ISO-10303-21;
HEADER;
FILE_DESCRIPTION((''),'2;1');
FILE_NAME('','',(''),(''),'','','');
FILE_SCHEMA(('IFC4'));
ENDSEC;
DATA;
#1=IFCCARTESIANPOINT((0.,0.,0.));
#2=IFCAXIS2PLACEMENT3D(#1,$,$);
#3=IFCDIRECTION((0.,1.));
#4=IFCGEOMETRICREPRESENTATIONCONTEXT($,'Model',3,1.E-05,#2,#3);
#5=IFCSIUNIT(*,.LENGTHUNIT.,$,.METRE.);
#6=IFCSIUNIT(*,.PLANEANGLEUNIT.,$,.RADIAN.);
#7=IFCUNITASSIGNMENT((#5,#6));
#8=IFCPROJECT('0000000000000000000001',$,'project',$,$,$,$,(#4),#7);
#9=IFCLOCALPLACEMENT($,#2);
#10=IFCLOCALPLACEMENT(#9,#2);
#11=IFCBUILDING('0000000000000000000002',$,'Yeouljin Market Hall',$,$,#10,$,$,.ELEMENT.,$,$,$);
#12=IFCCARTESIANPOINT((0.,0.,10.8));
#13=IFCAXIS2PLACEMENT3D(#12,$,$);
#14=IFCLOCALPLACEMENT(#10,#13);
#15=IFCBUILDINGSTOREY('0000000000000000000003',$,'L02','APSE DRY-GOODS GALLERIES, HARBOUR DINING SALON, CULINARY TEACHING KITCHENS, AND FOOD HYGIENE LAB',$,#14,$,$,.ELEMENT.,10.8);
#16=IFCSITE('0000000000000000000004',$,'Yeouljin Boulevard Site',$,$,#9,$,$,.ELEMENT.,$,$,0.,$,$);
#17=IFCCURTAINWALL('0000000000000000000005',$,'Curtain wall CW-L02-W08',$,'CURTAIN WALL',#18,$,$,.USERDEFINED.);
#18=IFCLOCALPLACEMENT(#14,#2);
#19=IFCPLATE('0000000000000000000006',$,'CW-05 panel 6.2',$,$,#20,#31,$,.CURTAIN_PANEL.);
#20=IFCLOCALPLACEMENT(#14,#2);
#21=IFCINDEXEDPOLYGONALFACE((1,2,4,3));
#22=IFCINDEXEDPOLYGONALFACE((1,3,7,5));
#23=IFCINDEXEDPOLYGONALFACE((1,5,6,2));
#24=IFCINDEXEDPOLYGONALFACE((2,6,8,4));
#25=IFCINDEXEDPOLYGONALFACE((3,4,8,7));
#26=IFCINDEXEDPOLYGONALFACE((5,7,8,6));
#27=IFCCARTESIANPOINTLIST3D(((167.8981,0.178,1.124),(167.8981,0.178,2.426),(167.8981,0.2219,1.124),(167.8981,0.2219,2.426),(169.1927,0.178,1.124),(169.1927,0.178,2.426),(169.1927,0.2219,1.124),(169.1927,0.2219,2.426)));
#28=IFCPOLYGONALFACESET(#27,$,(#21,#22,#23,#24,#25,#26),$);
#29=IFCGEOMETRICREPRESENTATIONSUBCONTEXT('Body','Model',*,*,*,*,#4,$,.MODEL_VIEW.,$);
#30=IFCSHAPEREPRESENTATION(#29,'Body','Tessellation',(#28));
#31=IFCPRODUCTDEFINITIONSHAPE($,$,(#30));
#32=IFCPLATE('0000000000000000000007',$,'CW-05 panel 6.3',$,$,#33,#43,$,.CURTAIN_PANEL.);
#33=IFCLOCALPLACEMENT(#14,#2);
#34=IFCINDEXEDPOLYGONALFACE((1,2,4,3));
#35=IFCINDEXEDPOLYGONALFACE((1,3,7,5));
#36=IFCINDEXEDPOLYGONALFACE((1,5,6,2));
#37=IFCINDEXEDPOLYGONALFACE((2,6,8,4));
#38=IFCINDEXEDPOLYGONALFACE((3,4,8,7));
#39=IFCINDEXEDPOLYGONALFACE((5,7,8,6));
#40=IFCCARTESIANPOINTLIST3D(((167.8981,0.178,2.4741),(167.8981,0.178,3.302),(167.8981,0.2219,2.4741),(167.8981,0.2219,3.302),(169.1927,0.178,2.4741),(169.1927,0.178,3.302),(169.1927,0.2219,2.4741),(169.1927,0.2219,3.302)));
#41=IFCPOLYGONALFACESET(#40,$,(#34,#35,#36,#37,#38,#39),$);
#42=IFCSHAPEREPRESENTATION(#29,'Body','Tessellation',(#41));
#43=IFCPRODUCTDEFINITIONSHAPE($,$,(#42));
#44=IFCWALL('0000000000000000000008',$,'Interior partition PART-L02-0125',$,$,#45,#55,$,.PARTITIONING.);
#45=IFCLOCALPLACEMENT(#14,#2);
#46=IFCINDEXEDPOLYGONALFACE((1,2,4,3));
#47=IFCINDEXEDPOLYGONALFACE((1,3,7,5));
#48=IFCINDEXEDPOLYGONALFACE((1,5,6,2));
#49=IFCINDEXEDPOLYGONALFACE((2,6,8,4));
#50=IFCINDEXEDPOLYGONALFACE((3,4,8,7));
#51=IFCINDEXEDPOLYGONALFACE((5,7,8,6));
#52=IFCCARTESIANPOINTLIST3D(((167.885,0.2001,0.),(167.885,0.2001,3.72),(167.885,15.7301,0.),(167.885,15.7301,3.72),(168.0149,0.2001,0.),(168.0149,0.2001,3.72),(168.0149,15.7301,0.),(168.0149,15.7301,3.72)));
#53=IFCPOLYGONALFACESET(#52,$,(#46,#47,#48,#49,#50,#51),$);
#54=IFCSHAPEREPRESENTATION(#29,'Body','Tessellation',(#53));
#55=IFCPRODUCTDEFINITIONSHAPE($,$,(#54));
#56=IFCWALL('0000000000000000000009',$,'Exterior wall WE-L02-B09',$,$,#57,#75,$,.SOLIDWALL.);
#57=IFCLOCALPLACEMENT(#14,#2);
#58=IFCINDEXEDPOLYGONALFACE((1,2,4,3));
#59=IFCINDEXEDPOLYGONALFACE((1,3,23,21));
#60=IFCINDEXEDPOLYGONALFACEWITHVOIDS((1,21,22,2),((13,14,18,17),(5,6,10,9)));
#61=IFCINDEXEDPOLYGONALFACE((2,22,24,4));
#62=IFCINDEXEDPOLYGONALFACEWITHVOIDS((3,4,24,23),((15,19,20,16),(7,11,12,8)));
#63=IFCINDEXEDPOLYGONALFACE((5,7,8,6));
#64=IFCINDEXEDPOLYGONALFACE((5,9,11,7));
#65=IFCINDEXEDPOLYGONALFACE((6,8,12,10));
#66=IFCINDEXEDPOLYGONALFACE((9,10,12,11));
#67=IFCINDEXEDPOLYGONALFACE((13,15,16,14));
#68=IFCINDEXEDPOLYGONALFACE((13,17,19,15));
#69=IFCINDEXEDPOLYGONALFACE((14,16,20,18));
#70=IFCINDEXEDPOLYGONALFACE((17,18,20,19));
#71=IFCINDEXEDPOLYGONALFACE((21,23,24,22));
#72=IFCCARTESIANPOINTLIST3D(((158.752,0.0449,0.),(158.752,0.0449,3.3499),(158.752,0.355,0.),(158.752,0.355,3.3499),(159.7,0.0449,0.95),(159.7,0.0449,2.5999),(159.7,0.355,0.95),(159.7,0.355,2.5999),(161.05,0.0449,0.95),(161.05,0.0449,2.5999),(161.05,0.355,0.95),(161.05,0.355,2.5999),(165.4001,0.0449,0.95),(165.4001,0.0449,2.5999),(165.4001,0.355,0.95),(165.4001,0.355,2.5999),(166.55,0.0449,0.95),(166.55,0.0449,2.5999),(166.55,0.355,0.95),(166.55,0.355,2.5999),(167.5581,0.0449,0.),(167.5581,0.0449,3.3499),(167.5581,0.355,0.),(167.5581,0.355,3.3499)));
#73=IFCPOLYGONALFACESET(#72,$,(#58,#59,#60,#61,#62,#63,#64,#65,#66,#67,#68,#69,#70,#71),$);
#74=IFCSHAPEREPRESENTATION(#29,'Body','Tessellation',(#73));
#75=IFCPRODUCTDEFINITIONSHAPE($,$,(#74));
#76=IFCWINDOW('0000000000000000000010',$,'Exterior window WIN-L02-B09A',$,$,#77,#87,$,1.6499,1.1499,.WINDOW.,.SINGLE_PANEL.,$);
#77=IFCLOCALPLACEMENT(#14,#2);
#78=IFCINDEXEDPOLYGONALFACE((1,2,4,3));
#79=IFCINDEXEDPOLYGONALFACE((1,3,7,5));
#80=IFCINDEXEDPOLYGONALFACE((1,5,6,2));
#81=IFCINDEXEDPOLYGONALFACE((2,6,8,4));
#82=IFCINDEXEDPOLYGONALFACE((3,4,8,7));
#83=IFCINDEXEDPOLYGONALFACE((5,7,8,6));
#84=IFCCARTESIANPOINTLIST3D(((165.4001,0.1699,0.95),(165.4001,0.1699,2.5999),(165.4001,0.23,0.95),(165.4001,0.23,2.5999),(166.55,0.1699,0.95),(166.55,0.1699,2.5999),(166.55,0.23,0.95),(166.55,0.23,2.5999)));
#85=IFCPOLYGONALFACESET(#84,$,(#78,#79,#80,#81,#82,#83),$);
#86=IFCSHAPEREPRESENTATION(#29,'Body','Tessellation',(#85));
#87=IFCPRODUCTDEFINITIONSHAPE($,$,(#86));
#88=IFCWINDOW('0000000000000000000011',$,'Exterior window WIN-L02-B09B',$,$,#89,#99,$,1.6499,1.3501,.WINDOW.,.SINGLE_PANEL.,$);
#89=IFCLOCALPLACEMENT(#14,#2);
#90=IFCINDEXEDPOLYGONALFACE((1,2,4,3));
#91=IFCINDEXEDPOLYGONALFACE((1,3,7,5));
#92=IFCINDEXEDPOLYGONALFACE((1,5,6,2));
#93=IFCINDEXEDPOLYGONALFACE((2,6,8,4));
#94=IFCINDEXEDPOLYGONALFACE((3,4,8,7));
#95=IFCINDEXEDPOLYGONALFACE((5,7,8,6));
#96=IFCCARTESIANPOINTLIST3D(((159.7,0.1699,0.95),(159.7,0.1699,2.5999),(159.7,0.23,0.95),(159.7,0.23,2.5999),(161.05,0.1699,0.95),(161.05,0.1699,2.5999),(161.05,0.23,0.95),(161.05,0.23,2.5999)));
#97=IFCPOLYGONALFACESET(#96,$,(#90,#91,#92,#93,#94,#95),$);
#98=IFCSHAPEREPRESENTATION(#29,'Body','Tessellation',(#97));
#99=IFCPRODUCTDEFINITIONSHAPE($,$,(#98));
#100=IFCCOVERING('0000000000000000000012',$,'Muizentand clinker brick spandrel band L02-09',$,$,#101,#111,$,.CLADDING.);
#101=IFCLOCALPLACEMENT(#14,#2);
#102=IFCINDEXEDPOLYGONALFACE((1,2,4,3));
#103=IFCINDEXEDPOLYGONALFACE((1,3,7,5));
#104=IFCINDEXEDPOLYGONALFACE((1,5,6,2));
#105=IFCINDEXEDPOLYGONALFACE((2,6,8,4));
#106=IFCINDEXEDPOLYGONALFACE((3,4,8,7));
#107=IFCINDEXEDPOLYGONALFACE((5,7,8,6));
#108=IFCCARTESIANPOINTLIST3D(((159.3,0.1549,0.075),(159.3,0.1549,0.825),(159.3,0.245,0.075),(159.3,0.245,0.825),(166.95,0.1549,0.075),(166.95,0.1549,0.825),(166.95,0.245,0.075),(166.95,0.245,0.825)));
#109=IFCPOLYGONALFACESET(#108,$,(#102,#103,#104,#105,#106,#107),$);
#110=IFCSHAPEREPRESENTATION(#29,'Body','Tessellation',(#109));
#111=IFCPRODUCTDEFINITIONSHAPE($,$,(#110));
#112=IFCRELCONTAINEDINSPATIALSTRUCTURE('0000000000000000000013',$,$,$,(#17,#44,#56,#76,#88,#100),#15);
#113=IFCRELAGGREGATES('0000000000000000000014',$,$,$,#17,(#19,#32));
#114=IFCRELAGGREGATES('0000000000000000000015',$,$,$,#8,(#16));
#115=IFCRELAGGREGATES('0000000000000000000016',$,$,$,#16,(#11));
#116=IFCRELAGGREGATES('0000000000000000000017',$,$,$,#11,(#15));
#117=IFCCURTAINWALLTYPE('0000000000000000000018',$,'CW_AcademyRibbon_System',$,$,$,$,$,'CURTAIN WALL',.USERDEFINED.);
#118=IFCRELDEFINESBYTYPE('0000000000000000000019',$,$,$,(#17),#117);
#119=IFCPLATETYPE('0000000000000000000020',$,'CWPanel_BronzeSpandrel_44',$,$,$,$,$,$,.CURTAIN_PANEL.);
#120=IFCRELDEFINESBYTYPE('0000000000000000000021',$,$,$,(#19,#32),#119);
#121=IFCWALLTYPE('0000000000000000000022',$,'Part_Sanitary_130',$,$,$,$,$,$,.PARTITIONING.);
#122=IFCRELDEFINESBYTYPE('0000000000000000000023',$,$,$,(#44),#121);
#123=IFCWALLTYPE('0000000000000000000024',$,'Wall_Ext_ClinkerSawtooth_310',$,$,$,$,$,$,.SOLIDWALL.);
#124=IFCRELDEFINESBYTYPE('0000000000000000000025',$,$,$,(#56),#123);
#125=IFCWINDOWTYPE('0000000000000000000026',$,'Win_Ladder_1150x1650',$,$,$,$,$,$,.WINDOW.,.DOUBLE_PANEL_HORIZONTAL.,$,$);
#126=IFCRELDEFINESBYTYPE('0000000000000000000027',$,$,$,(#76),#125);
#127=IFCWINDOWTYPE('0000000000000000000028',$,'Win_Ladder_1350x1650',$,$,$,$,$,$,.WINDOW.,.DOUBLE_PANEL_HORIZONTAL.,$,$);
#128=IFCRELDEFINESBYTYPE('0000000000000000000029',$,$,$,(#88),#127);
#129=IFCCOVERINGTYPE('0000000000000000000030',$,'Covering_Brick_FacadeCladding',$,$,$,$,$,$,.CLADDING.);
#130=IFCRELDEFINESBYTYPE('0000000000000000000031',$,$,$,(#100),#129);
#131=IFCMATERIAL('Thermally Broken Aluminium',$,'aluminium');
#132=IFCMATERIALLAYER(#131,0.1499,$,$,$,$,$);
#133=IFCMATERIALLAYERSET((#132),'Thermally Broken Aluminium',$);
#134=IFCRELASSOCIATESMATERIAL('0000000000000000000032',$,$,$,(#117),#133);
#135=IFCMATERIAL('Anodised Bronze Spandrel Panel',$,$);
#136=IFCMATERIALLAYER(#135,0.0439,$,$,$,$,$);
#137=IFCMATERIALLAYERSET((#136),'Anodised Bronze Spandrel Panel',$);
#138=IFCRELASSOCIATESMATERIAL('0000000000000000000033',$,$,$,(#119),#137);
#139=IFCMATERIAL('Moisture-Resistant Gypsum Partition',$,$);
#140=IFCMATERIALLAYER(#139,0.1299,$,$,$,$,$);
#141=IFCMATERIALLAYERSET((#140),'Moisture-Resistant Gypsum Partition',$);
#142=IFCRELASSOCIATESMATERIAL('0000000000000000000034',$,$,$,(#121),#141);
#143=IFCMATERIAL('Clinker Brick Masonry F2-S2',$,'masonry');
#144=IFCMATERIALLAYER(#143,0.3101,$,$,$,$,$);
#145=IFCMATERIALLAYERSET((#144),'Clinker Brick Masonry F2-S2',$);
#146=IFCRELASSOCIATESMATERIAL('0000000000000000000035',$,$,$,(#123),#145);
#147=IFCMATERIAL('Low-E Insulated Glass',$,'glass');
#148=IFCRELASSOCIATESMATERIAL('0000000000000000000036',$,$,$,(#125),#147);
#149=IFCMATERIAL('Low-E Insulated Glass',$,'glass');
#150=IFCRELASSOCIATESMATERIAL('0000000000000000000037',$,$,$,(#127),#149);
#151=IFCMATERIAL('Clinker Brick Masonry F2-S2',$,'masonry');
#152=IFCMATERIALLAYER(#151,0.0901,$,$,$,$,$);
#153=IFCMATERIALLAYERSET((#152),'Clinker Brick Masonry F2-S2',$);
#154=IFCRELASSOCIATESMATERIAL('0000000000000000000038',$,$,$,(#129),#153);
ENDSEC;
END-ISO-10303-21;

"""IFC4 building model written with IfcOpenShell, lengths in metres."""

from ifc_helpers import new_model, si_unit, direction, frame, frame_2d, origin, origin_2d, place, context, subcontext, project, spatial, rectangle, extrude, material, layer, layer_set, type_object, element, fill, aggregate, save


model = new_model("IFC4")

# Units and contexts
model_context = context("Model", 3, precision=1e-05, world=origin(), true_north=direction((0.0, 1.0)))
body_context = subcontext(model_context, "Body", "Model", "MODEL_VIEW")
ifc_project = project(units=[si_unit("LENGTHUNIT", "METRE"), si_unit("PLANEANGLEUNIT", "RADIAN")], contexts=[model_context])

# Site, building, storey
site_placement = place(None, origin())
site = spatial("IfcSite", under=ifc_project, at=site_placement, Name="Yeouljin Boulevard Site", CompositionType="ELEMENT", RefElevation=0.0)
building_placement = place(site_placement, origin())
building = spatial("IfcBuilding", under=site, at=building_placement, Name="Yeouljin Market Hall", CompositionType="ELEMENT")
storey_placement = place(building_placement, frame((0.0, 0.0, 10.8)))
storey = spatial("IfcBuildingStorey", under=building, at=storey_placement, Name="L02", Description="APSE DRY-GOODS GALLERIES, HARBOUR DINING SALON, CULINARY TEACHING KITCHENS, AND FOOD HYGIENE LAB", CompositionType="ELEMENT", Elevation=10.8)

# Curtain wall
ifc_material_1 = material(Name="Thermally Broken Aluminium", Category="aluminium")
ifc_layer_1 = layer(ifc_material_1, 0.1499)
ifc_layer_set_1 = layer_set([ifc_layer_1], Name="Thermally Broken Aluminium")
curtain_wall_type = type_object("IfcCurtainWallType", Name="CW_AcademyRibbon_System", ElementType="CURTAIN WALL", PredefinedType="USERDEFINED", material=ifc_layer_set_1)
curtain_wall_placement = place(storey_placement, origin())
curtain_wall = element("IfcCurtainWall", 1, at=curtain_wall_placement, inside=storey, type_object=curtain_wall_type, Name="Curtain wall CW-L02-W08", ObjectType="CURTAIN WALL", PredefinedType="USERDEFINED")

# Plates
ifc_material_2 = material(Name="Anodised Bronze Spandrel Panel")
ifc_layer_2 = layer(ifc_material_2, 0.0439)
ifc_layer_set_2 = layer_set([ifc_layer_2], Name="Anodised Bronze Spandrel Panel")
plate_type = type_object("IfcPlateType", Name="CWPanel_BronzeSpandrel_44", PredefinedType="CURTAIN_PANEL", material=ifc_layer_set_2)
plate_1_placement = place(storey_placement, frame((168.5454, 0.2, 1.124), z_axis=(0.0, 0.0, 1.0), x_axis=(-1.0, 0.0, 0.0)))
plate_1 = element("IfcPlate", 2, at=plate_1_placement, type_object=plate_type, Name="CW-05 panel 6.2", PredefinedType="CURTAIN_PANEL", context=body_context, shape_type="SweptSolid", body=[
    extrude(rectangle(XDim=1.2947, YDim=0.0439, at=origin_2d()), origin(), (0.0, 0.0, 1.0), 1.302),
])
plate_2_placement = place(storey_placement, frame((168.5454, 0.2, 2.4741), z_axis=(0.0, 0.0, 1.0), x_axis=(-1.0, 0.0, 0.0)))
plate_2 = element("IfcPlate", 3, at=plate_2_placement, type_object=plate_type, Name="CW-05 panel 6.3", PredefinedType="CURTAIN_PANEL", context=body_context, shape_type="SweptSolid", body=[
    extrude(rectangle(XDim=1.2947, YDim=0.0439, at=origin_2d()), origin(), (0.0, 0.0, 1.0), 0.8279),
])
aggregate(curtain_wall, [plate_1, plate_2])

# Wall
ifc_material_3 = material(Name="Moisture-Resistant Gypsum Partition")
ifc_layer_3 = layer(ifc_material_3, 0.1299)
ifc_layer_set_3 = layer_set([ifc_layer_3], Name="Moisture-Resistant Gypsum Partition")
wall_type_1 = type_object("IfcWallType", Name="Part_Sanitary_130", PredefinedType="PARTITIONING", material=ifc_layer_set_3)
wall_1_placement = place(storey_placement, frame((167.95, 0.2, 0.0), z_axis=(0.0, 0.0, 1.0), x_axis=(0.0, 1.0, 0.0)))
element("IfcWall", 4, at=wall_1_placement, inside=storey, type_object=wall_type_1, Name="Interior partition PART-L02-0125", PredefinedType="PARTITIONING", context=body_context, shape_type="SweptSolid", body=[
    extrude(rectangle(XDim=15.53, YDim=0.1299, at=frame_2d((7.7651, 0.0))), origin(), (0.0, 0.0, 1.0), 3.72),
])

# Wall, openings, windows
ifc_material_4 = material(Name="Clinker Brick Masonry F2-S2", Category="masonry")
ifc_layer_4 = layer(ifc_material_4, 0.3101)
ifc_layer_set_4 = layer_set([ifc_layer_4], Name="Clinker Brick Masonry F2-S2")
wall_type_2 = type_object("IfcWallType", Name="Wall_Ext_ClinkerSawtooth_310", PredefinedType="SOLIDWALL", material=ifc_layer_set_4)
wall_2_placement = place(storey_placement, frame((167.5581, 0.2, 0.0), z_axis=(0.0, 0.0, 1.0), x_axis=(-1.0, 0.0, 0.0)))
wall_2 = element("IfcWall", 5, at=wall_2_placement, inside=storey, type_object=wall_type_2, Name="Exterior wall WE-L02-B09", PredefinedType="SOLIDWALL", context=body_context, shape_type="SweptSolid", body=[
    extrude(rectangle(XDim=8.8062, YDim=0.3101, at=frame_2d((4.4031, 0.0))), origin(), (0.0, 0.0, 1.0), 3.3499),
])
opening_1_placement = place(wall_2_placement, frame((1.0081, 0.0, 0.95)))
opening_1 = element("IfcOpeningElement", 6, at=opening_1_placement, cuts=wall_2, PredefinedType="OPENING", context=body_context, shape_type="SweptSolid", body=[
    extrude(rectangle(XDim=1.1499, YDim=1.6499, at=frame_2d((0.575, 0.825))), frame((0.0, 0.165, 0.0), z_axis=(0.0, -1.0, 0.0), x_axis=(1.0, 0.0, 0.0)), (0.0, 0.0, 1.0), 0.3301),
])
opening_2_placement = place(wall_2_placement, frame((6.5081, 0.0, 0.95)))
opening_2 = element("IfcOpeningElement", 7, at=opening_2_placement, cuts=wall_2, PredefinedType="OPENING", context=body_context, shape_type="SweptSolid", body=[
    extrude(rectangle(XDim=1.3501, YDim=1.6499, at=frame_2d((0.675, 0.825))), frame((0.0, 0.165, 0.0), z_axis=(0.0, -1.0, 0.0), x_axis=(1.0, 0.0, 0.0)), (0.0, 0.0, 1.0), 0.3301),
])
ifc_material_5 = material(Name="Low-E Insulated Glass", Category="glass")
window_type_1 = type_object("IfcWindowType", Name="Win_Ladder_1150x1650", PartitioningType="DOUBLE_PANEL_HORIZONTAL", PredefinedType="WINDOW", material=ifc_material_5)
window_1_placement = place(opening_1_placement, origin())
window_1 = element("IfcWindow", 8, at=window_1_placement, inside=storey, type_object=window_type_1, Name="Exterior window WIN-L02-B09A", OverallHeight=1.6499, OverallWidth=1.1499, PartitioningType="SINGLE_PANEL", PredefinedType="WINDOW", context=body_context, shape_type="SweptSolid", body=[
    extrude(rectangle(XDim=1.1499, YDim=1.6499, at=frame_2d((0.575, 0.825))), frame((0.0, 0.03, 0.0), z_axis=(0.0, -1.0, 0.0), x_axis=(1.0, 0.0, 0.0)), (0.0, 0.0, 1.0), 0.0601),
])
fill(opening_1, window_1)
ifc_material_6 = material(Name="Low-E Insulated Glass", Category="glass")
window_type_2 = type_object("IfcWindowType", Name="Win_Ladder_1350x1650", PartitioningType="DOUBLE_PANEL_HORIZONTAL", PredefinedType="WINDOW", material=ifc_material_6)
window_2_placement = place(opening_2_placement, origin())
window_2 = element("IfcWindow", 9, at=window_2_placement, inside=storey, type_object=window_type_2, Name="Exterior window WIN-L02-B09B", OverallHeight=1.6499, OverallWidth=1.3501, PartitioningType="SINGLE_PANEL", PredefinedType="WINDOW", context=body_context, shape_type="SweptSolid", body=[
    extrude(rectangle(XDim=1.3501, YDim=1.6499, at=frame_2d((0.675, 0.825))), frame((0.0, 0.03, 0.0), z_axis=(0.0, -1.0, 0.0), x_axis=(1.0, 0.0, 0.0)), (0.0, 0.0, 1.0), 0.0601),
])
fill(opening_2, window_2)

# Covering
ifc_material_7 = material(Name="Clinker Brick Masonry F2-S2", Category="masonry")
ifc_layer_5 = layer(ifc_material_7, 0.0901)
ifc_layer_set_5 = layer_set([ifc_layer_5], Name="Clinker Brick Masonry F2-S2")
covering_type = type_object("IfcCoveringType", Name="Covering_Brick_FacadeCladding", PredefinedType="CLADDING", material=ifc_layer_set_5)
covering_placement = place(storey_placement, frame((163.125, 0.2, 0.075), z_axis=(0.0, 0.0, 1.0), x_axis=(-1.0, 0.0, 0.0)))
element("IfcCovering", 10, at=covering_placement, inside=storey, type_object=covering_type, Name="Muizentand clinker brick spandrel band L02-09", PredefinedType="CLADDING", context=body_context, shape_type="SweptSolid", body=[
    extrude(rectangle(XDim=7.6499, YDim=0.0901, at=origin_2d()), origin(), (0.0, 0.0, 1.0), 0.75),
])

save(model, "model.ifc")
